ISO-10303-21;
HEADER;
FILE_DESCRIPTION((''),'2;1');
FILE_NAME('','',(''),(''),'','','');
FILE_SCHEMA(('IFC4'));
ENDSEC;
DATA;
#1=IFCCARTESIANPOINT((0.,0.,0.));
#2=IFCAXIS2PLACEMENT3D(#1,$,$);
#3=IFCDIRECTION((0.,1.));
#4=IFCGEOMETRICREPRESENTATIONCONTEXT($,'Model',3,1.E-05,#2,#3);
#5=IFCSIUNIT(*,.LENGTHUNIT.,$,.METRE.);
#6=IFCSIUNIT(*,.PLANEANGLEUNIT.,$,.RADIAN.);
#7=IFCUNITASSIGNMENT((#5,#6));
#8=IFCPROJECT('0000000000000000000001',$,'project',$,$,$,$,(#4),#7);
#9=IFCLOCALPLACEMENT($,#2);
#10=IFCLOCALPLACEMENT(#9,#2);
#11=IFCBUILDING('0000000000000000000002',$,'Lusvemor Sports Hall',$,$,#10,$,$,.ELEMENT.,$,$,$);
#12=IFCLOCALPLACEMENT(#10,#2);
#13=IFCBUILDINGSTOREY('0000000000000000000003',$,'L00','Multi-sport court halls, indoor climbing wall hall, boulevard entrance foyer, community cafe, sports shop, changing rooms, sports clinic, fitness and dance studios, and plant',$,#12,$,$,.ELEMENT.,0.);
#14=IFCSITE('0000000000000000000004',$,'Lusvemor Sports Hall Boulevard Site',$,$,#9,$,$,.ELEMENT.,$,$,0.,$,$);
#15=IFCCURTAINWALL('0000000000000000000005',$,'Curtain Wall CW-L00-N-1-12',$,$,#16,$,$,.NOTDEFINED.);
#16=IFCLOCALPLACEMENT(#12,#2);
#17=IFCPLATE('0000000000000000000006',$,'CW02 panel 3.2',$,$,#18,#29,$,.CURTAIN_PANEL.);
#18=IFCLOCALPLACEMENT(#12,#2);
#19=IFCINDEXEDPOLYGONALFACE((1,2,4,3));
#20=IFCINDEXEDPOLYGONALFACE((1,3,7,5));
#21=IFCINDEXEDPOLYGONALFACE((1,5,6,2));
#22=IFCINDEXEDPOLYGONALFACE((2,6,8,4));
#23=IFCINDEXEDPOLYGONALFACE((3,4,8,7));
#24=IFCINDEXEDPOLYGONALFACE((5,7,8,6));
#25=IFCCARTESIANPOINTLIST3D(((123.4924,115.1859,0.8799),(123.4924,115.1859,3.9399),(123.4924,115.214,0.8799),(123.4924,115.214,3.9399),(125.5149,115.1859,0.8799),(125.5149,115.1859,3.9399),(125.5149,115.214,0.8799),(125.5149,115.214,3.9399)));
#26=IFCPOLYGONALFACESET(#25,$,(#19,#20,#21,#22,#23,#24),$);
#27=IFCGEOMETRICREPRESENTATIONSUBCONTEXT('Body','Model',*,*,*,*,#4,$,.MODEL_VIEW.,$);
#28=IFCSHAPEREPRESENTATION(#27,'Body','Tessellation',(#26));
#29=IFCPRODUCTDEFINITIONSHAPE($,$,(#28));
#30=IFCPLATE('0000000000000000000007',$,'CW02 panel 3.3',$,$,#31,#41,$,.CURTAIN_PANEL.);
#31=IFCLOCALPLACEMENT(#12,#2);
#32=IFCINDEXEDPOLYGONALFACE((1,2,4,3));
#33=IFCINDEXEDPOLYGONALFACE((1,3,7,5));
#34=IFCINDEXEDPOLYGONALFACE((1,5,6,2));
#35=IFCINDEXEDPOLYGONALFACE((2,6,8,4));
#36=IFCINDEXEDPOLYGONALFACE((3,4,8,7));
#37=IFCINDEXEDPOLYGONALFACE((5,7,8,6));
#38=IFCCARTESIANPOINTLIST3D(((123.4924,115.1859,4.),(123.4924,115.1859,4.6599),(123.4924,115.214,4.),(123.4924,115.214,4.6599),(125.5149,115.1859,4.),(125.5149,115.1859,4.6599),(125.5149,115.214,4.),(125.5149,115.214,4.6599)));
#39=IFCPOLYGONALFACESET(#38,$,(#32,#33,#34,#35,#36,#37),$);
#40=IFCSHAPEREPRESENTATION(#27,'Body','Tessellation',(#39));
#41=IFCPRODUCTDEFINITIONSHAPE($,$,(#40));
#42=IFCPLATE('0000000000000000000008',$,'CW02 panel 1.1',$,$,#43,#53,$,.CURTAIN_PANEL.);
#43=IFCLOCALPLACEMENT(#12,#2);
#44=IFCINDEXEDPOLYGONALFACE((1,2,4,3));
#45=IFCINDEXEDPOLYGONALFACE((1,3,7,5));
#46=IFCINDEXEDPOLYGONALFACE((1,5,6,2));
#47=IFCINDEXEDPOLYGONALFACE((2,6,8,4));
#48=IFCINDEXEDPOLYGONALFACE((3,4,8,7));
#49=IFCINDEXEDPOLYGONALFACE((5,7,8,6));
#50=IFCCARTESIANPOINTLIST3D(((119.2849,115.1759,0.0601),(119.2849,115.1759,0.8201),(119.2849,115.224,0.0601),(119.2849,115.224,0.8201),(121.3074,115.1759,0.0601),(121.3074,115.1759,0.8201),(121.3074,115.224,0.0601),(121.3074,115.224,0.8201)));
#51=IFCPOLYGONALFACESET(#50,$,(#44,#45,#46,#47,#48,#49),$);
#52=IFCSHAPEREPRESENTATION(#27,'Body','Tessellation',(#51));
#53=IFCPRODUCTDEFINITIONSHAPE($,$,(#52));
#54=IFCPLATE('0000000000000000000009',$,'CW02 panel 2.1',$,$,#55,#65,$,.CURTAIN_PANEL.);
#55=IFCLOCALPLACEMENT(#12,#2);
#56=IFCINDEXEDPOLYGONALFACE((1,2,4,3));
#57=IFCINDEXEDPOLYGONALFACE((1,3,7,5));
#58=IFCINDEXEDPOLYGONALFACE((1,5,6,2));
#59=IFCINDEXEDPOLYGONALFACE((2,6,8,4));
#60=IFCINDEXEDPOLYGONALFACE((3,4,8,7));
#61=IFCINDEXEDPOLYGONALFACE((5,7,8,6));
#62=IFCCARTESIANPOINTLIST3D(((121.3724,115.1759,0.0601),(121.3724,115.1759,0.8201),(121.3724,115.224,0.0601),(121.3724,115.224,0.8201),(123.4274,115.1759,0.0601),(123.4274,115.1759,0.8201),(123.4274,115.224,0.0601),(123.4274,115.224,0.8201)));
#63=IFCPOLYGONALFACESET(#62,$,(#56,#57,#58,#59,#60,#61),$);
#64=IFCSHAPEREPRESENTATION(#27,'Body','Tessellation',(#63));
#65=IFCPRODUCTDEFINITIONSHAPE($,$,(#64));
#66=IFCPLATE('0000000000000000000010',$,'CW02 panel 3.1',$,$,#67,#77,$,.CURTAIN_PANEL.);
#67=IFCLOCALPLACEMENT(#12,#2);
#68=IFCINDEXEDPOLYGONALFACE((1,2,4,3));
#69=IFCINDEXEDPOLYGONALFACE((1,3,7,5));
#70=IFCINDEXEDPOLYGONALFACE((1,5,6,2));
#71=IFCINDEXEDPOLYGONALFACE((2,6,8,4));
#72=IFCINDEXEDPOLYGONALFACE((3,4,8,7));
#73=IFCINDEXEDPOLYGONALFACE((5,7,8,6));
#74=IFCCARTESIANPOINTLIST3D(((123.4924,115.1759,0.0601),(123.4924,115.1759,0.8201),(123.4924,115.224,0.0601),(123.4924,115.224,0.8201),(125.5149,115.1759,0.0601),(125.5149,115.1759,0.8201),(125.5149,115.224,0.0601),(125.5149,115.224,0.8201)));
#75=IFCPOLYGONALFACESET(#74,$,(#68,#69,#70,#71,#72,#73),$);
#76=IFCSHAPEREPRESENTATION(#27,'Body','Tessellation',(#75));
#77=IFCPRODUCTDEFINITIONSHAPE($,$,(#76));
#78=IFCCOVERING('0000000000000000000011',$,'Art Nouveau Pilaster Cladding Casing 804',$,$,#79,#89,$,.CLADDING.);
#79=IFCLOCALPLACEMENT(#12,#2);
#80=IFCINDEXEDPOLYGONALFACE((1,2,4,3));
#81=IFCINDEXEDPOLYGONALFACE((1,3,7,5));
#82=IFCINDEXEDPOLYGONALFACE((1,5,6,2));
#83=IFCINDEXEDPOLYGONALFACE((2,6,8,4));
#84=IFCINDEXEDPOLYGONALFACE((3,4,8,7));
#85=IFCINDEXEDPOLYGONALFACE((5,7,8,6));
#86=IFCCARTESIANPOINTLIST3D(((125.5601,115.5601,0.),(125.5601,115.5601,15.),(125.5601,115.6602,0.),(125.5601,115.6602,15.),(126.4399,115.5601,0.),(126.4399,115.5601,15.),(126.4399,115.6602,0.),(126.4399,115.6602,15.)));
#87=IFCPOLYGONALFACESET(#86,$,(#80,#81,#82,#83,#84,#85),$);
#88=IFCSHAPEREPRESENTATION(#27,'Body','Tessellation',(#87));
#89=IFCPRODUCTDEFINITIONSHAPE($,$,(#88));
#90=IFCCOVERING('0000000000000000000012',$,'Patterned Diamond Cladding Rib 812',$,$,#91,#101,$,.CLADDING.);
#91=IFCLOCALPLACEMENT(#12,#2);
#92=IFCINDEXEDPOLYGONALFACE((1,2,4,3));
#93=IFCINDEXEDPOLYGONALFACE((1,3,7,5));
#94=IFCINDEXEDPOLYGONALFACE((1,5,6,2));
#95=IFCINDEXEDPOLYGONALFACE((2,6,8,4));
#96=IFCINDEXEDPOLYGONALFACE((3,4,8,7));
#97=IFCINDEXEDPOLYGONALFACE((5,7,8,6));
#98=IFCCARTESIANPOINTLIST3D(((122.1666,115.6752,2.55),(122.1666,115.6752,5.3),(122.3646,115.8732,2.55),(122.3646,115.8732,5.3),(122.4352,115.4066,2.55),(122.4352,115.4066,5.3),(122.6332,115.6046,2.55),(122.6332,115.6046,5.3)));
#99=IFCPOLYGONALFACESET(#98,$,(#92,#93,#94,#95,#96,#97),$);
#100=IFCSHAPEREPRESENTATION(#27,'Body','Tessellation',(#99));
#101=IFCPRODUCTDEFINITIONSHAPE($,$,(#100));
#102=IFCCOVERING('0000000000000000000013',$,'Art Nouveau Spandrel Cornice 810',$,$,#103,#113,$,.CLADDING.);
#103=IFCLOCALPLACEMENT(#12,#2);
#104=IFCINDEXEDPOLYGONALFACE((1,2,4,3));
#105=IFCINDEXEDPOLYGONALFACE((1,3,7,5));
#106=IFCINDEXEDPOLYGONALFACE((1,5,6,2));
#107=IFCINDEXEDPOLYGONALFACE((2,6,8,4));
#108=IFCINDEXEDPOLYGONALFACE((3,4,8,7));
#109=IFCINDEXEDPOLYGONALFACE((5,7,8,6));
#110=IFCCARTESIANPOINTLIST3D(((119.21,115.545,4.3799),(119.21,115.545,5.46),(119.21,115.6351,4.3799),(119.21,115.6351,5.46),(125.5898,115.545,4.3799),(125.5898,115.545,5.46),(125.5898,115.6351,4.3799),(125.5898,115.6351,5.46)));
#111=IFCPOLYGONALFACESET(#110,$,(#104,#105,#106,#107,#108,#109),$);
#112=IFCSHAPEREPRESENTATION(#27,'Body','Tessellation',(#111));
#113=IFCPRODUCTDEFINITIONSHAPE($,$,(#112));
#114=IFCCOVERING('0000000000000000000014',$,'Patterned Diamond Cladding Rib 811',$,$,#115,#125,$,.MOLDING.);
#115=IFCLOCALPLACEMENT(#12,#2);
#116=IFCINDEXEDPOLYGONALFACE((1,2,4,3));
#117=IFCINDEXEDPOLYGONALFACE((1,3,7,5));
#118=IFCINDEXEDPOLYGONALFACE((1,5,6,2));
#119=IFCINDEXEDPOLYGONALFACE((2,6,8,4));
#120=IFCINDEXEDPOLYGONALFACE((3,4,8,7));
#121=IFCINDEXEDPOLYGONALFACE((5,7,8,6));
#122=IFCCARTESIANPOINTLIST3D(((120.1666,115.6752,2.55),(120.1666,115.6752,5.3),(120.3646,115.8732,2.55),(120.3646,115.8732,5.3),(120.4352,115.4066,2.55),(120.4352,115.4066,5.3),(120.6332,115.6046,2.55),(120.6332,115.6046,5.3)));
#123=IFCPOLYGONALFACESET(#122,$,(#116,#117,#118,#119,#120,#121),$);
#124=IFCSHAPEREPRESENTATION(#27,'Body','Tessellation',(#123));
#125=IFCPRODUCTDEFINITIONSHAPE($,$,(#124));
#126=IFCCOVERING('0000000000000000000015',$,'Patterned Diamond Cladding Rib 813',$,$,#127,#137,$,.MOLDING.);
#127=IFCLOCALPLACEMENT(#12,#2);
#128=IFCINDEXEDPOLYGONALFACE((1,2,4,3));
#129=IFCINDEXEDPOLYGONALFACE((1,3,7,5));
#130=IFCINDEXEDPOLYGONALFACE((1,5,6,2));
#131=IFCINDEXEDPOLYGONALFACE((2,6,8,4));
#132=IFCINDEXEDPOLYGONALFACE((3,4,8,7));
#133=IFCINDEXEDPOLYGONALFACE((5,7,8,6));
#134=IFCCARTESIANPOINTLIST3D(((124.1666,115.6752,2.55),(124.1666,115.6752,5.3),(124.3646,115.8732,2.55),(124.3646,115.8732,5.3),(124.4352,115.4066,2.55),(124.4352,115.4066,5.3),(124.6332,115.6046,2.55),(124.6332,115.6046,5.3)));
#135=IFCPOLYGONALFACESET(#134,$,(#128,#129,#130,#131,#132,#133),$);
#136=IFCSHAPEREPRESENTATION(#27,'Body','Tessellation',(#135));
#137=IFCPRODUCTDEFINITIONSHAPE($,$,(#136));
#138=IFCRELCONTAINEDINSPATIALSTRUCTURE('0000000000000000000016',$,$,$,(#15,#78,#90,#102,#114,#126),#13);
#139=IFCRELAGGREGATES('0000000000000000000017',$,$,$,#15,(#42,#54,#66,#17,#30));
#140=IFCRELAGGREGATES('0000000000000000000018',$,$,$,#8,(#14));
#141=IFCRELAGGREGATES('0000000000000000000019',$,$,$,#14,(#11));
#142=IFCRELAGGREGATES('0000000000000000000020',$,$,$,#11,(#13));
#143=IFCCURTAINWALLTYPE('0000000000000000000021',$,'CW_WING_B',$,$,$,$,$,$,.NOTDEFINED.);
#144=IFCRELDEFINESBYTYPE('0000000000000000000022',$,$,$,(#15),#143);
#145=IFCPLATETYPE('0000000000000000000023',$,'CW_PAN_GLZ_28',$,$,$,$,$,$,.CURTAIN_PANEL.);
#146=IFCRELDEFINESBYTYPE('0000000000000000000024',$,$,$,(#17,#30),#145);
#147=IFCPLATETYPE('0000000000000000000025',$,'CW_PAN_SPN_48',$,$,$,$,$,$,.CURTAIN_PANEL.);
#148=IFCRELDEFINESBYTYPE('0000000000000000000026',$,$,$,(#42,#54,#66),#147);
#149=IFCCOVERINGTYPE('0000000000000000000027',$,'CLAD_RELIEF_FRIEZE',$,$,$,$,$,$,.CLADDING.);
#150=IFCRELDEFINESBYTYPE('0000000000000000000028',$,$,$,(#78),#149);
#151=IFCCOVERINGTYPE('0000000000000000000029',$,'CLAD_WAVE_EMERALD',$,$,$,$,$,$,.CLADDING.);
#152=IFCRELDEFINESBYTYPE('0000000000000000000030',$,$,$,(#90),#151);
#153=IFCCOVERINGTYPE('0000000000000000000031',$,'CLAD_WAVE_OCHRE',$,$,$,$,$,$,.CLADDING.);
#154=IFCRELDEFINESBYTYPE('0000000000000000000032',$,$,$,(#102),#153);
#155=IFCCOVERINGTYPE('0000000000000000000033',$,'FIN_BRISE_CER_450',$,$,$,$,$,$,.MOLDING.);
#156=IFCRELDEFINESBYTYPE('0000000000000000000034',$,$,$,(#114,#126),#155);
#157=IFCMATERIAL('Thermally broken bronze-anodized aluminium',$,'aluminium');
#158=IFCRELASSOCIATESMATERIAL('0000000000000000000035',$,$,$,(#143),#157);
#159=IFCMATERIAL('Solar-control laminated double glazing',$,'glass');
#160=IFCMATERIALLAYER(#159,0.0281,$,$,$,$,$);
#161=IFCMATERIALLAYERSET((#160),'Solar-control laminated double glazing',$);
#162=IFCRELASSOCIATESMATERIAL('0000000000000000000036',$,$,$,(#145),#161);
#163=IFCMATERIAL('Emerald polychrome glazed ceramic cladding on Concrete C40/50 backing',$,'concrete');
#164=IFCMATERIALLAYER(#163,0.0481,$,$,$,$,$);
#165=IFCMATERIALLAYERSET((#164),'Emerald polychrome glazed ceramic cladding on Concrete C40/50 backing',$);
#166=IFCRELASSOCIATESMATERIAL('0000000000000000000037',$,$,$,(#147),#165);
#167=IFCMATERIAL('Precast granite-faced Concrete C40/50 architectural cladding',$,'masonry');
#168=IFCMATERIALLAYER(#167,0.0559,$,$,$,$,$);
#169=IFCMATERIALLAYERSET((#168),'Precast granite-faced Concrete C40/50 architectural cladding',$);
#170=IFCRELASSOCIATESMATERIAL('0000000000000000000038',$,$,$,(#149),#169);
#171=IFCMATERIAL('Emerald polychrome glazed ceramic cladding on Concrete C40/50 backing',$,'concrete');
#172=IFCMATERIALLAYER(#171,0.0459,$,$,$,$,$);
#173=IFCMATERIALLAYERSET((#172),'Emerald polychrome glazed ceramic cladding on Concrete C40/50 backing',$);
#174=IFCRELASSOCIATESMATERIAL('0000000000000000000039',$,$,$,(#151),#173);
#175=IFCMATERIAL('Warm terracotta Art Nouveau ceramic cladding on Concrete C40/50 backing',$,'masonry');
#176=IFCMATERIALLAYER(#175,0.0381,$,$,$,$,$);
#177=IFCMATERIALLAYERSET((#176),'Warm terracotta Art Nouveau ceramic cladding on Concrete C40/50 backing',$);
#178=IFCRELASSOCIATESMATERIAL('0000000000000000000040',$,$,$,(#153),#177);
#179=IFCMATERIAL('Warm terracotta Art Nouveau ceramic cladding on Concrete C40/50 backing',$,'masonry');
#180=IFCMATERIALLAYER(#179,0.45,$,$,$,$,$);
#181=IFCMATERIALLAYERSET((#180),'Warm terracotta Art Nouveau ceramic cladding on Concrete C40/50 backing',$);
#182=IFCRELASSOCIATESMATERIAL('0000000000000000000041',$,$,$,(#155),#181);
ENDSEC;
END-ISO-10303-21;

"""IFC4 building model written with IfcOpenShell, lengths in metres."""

from ifc_helpers import new_model, si_unit, direction, frame, origin, origin_2d, place, context, subcontext, project, spatial, rectangle, extrude, material, layer, layer_set, type_object, element, aggregate, save


model = new_model("IFC4")

# Units and contexts
model_context = context("Model", 3, precision=1e-05, world=origin(), true_north=direction((0.0, 1.0)))
body_context = subcontext(model_context, "Body", "Model", "MODEL_VIEW")
ifc_project = project(units=[si_unit("LENGTHUNIT", "METRE"), si_unit("PLANEANGLEUNIT", "RADIAN")], contexts=[model_context])

# Site, building, storey
site_placement = place(None, origin())
site = spatial("IfcSite", under=ifc_project, at=site_placement, Name="Lusvemor Sports Hall Boulevard Site", CompositionType="ELEMENT", RefElevation=0.0)
building_placement = place(site_placement, origin())
building = spatial("IfcBuilding", under=site, at=building_placement, Name="Lusvemor Sports Hall", CompositionType="ELEMENT")
storey_placement = place(building_placement, origin())
storey = spatial("IfcBuildingStorey", under=building, at=storey_placement, Name="L00", Description="Multi-sport court halls, indoor climbing wall hall, boulevard entrance foyer, community cafe, sports shop, changing rooms, sports clinic, fitness and dance studios, and plant", CompositionType="ELEMENT", Elevation=0.0)

# Curtain wall, plates
ifc_material_1 = material(Name="Thermally broken bronze-anodized aluminium", Category="aluminium")
curtain_wall_type = type_object("IfcCurtainWallType", Name="CW_WING_B", PredefinedType="NOTDEFINED", material=ifc_material_1)
curtain_wall_placement = place(storey_placement, origin())
curtain_wall = element("IfcCurtainWall", 1, at=curtain_wall_placement, inside=storey, type_object=curtain_wall_type, Name="Curtain Wall CW-L00-N-1-12", PredefinedType="NOTDEFINED")
ifc_material_2 = material(Name="Solar-control laminated double glazing", Category="glass")
ifc_layer_1 = layer(ifc_material_2, 0.0281)
ifc_layer_set_1 = layer_set([ifc_layer_1], Name="Solar-control laminated double glazing")
plate_type_1 = type_object("IfcPlateType", Name="CW_PAN_GLZ_28", PredefinedType="CURTAIN_PANEL", material=ifc_layer_set_1)
plate_1_placement = place(storey_placement, frame((124.5037, 115.2, 0.8799), z_axis=(0.0, 0.0, 1.0), x_axis=(1.0, 0.0, 0.0)))
plate_1 = element("IfcPlate", 2, at=plate_1_placement, type_object=plate_type_1, Name="CW02 panel 3.2", PredefinedType="CURTAIN_PANEL", context=body_context, shape_type="SweptSolid", body=[
    extrude(rectangle(XDim=2.0225, YDim=0.0281, at=origin_2d()), origin(), (0.0, 0.0, 1.0), 3.0601),
])
plate_2_placement = place(storey_placement, frame((124.5037, 115.2, 4.0), z_axis=(0.0, 0.0, 1.0), x_axis=(1.0, 0.0, 0.0)))
plate_2 = element("IfcPlate", 3, at=plate_2_placement, type_object=plate_type_1, Name="CW02 panel 3.3", PredefinedType="CURTAIN_PANEL", context=body_context, shape_type="SweptSolid", body=[
    extrude(rectangle(XDim=2.0225, YDim=0.0281, at=origin_2d()), origin(), (0.0, 0.0, 1.0), 0.6599),
])
ifc_material_3 = material(Name="Emerald polychrome glazed ceramic cladding on Concrete C40/50 backing", Category="concrete")
ifc_layer_2 = layer(ifc_material_3, 0.0481)
ifc_layer_set_2 = layer_set([ifc_layer_2], Name="Emerald polychrome glazed ceramic cladding on Concrete C40/50 backing")
plate_type_2 = type_object("IfcPlateType", Name="CW_PAN_SPN_48", PredefinedType="CURTAIN_PANEL", material=ifc_layer_set_2)
plate_3_placement = place(storey_placement, frame((120.2961, 115.2, 0.0601), z_axis=(0.0, 0.0, 1.0), x_axis=(1.0, 0.0, 0.0)))
plate_3 = element("IfcPlate", 4, at=plate_3_placement, type_object=plate_type_2, Name="CW02 panel 1.1", PredefinedType="CURTAIN_PANEL", context=body_context, shape_type="SweptSolid", body=[
    extrude(rectangle(XDim=2.0225, YDim=0.0481, at=origin_2d()), origin(), (0.0, 0.0, 1.0), 0.76),
])
plate_4_placement = place(storey_placement, frame((122.3999, 115.2, 0.0601), z_axis=(0.0, 0.0, 1.0), x_axis=(1.0, 0.0, 0.0)))
plate_4 = element("IfcPlate", 5, at=plate_4_placement, type_object=plate_type_2, Name="CW02 panel 2.1", PredefinedType="CURTAIN_PANEL", context=body_context, shape_type="SweptSolid", body=[
    extrude(rectangle(XDim=2.0549, YDim=0.0481, at=origin_2d()), origin(), (0.0, 0.0, 1.0), 0.76),
])
plate_5_placement = place(storey_placement, frame((124.5037, 115.2, 0.0601), z_axis=(0.0, 0.0, 1.0), x_axis=(1.0, 0.0, 0.0)))
plate_5 = element("IfcPlate", 6, at=plate_5_placement, type_object=plate_type_2, Name="CW02 panel 3.1", PredefinedType="CURTAIN_PANEL", context=body_context, shape_type="SweptSolid", body=[
    extrude(rectangle(XDim=2.0225, YDim=0.0481, at=origin_2d()), origin(), (0.0, 0.0, 1.0), 0.76),
])
aggregate(curtain_wall, [plate_3, plate_4, plate_5, plate_1, plate_2])

# Coverings
ifc_material_4 = material(Name="Precast granite-faced Concrete C40/50 architectural cladding", Category="masonry")
ifc_layer_3 = layer(ifc_material_4, 0.0559)
ifc_layer_set_3 = layer_set([ifc_layer_3], Name="Precast granite-faced Concrete C40/50 architectural cladding")
covering_type_1 = type_object("IfcCoveringType", Name="CLAD_RELIEF_FRIEZE", PredefinedType="CLADDING", material=ifc_layer_set_3)
covering_1_placement = place(storey_placement, frame((126.0, 115.6101, 0.0), z_axis=(0.0, 0.0, 1.0), x_axis=(1.0, 0.0, 0.0)))
element("IfcCovering", 7, at=covering_1_placement, inside=storey, type_object=covering_type_1, Name="Art Nouveau Pilaster Cladding Casing 804", PredefinedType="CLADDING", context=body_context, shape_type="SweptSolid", body=[
    extrude(rectangle(XDim=0.8799, YDim=0.1001, at=origin_2d()), origin(), (0.0, 0.0, 1.0), 15.0),
])
ifc_material_5 = material(Name="Emerald polychrome glazed ceramic cladding on Concrete C40/50 backing", Category="concrete")
ifc_layer_4 = layer(ifc_material_5, 0.0459)
ifc_layer_set_4 = layer_set([ifc_layer_4], Name="Emerald polychrome glazed ceramic cladding on Concrete C40/50 backing")
covering_type_2 = type_object("IfcCoveringType", Name="CLAD_WAVE_EMERALD", PredefinedType="CLADDING", material=ifc_layer_set_4)
covering_2_placement = place(storey_placement, frame((122.3999, 115.6399, 2.55), z_axis=(0.0, 0.0, 1.0), x_axis=(0.707107, 0.707107, 0.0)))
element("IfcCovering", 8, at=covering_2_placement, inside=storey, type_object=covering_type_2, Name="Patterned Diamond Cladding Rib 812", PredefinedType="CLADDING", context=body_context, shape_type="SweptSolid", body=[
    extrude(rectangle(XDim=0.28, YDim=0.3799, at=origin_2d()), origin(), (0.0, 0.0, 1.0), 2.75),
])
ifc_material_6 = material(Name="Warm terracotta Art Nouveau ceramic cladding on Concrete C40/50 backing", Category="masonry")
ifc_layer_5 = layer(ifc_material_6, 0.0381)
ifc_layer_set_5 = layer_set([ifc_layer_5], Name="Warm terracotta Art Nouveau ceramic cladding on Concrete C40/50 backing")
covering_type_3 = type_object("IfcCoveringType", Name="CLAD_WAVE_OCHRE", PredefinedType="CLADDING", material=ifc_layer_set_5)
covering_3_placement = place(storey_placement, frame((122.3999, 115.5901, 4.3799), z_axis=(0.0, 0.0, 1.0), x_axis=(1.0, 0.0, 0.0)))
element("IfcCovering", 9, at=covering_3_placement, inside=storey, type_object=covering_type_3, Name="Art Nouveau Spandrel Cornice 810", PredefinedType="CLADDING", context=body_context, shape_type="SweptSolid", body=[
    extrude(rectangle(XDim=6.3799, YDim=0.0901, at=origin_2d()), origin(), (0.0, 0.0, 1.0), 1.0801),
])
ifc_material_7 = material(Name="Warm terracotta Art Nouveau ceramic cladding on Concrete C40/50 backing", Category="masonry")
ifc_layer_6 = layer(ifc_material_7, 0.45)
ifc_layer_set_6 = layer_set([ifc_layer_6], Name="Warm terracotta Art Nouveau ceramic cladding on Concrete C40/50 backing")
covering_type_4 = type_object("IfcCoveringType", Name="FIN_BRISE_CER_450", PredefinedType="MOLDING", material=ifc_layer_set_6)
for number, where, z_axis, x_axis, name in (
    (10, (120.3999, 115.6399, 2.55), (0.0, 0.0, 1.0), (0.707107, 0.707107, 0.0), "Patterned Diamond Cladding Rib 811"),
    (11, (124.3999, 115.6399, 2.55), (0.0, 0.0, 1.0), (0.707107, 0.707107, 0.0), "Patterned Diamond Cladding Rib 813"),
):
    element("IfcCovering", number, at=place(storey_placement, frame(where, z_axis=z_axis, x_axis=x_axis)), inside=storey, type_object=covering_type_4, Name=name, PredefinedType="MOLDING", context=body_context, shape_type="SweptSolid", body=[
        extrude(rectangle(XDim=0.28, YDim=0.3799, at=origin_2d()), origin(), (0.0, 0.0, 1.0), 2.75),
    ])

save(model, "model.ifc")
